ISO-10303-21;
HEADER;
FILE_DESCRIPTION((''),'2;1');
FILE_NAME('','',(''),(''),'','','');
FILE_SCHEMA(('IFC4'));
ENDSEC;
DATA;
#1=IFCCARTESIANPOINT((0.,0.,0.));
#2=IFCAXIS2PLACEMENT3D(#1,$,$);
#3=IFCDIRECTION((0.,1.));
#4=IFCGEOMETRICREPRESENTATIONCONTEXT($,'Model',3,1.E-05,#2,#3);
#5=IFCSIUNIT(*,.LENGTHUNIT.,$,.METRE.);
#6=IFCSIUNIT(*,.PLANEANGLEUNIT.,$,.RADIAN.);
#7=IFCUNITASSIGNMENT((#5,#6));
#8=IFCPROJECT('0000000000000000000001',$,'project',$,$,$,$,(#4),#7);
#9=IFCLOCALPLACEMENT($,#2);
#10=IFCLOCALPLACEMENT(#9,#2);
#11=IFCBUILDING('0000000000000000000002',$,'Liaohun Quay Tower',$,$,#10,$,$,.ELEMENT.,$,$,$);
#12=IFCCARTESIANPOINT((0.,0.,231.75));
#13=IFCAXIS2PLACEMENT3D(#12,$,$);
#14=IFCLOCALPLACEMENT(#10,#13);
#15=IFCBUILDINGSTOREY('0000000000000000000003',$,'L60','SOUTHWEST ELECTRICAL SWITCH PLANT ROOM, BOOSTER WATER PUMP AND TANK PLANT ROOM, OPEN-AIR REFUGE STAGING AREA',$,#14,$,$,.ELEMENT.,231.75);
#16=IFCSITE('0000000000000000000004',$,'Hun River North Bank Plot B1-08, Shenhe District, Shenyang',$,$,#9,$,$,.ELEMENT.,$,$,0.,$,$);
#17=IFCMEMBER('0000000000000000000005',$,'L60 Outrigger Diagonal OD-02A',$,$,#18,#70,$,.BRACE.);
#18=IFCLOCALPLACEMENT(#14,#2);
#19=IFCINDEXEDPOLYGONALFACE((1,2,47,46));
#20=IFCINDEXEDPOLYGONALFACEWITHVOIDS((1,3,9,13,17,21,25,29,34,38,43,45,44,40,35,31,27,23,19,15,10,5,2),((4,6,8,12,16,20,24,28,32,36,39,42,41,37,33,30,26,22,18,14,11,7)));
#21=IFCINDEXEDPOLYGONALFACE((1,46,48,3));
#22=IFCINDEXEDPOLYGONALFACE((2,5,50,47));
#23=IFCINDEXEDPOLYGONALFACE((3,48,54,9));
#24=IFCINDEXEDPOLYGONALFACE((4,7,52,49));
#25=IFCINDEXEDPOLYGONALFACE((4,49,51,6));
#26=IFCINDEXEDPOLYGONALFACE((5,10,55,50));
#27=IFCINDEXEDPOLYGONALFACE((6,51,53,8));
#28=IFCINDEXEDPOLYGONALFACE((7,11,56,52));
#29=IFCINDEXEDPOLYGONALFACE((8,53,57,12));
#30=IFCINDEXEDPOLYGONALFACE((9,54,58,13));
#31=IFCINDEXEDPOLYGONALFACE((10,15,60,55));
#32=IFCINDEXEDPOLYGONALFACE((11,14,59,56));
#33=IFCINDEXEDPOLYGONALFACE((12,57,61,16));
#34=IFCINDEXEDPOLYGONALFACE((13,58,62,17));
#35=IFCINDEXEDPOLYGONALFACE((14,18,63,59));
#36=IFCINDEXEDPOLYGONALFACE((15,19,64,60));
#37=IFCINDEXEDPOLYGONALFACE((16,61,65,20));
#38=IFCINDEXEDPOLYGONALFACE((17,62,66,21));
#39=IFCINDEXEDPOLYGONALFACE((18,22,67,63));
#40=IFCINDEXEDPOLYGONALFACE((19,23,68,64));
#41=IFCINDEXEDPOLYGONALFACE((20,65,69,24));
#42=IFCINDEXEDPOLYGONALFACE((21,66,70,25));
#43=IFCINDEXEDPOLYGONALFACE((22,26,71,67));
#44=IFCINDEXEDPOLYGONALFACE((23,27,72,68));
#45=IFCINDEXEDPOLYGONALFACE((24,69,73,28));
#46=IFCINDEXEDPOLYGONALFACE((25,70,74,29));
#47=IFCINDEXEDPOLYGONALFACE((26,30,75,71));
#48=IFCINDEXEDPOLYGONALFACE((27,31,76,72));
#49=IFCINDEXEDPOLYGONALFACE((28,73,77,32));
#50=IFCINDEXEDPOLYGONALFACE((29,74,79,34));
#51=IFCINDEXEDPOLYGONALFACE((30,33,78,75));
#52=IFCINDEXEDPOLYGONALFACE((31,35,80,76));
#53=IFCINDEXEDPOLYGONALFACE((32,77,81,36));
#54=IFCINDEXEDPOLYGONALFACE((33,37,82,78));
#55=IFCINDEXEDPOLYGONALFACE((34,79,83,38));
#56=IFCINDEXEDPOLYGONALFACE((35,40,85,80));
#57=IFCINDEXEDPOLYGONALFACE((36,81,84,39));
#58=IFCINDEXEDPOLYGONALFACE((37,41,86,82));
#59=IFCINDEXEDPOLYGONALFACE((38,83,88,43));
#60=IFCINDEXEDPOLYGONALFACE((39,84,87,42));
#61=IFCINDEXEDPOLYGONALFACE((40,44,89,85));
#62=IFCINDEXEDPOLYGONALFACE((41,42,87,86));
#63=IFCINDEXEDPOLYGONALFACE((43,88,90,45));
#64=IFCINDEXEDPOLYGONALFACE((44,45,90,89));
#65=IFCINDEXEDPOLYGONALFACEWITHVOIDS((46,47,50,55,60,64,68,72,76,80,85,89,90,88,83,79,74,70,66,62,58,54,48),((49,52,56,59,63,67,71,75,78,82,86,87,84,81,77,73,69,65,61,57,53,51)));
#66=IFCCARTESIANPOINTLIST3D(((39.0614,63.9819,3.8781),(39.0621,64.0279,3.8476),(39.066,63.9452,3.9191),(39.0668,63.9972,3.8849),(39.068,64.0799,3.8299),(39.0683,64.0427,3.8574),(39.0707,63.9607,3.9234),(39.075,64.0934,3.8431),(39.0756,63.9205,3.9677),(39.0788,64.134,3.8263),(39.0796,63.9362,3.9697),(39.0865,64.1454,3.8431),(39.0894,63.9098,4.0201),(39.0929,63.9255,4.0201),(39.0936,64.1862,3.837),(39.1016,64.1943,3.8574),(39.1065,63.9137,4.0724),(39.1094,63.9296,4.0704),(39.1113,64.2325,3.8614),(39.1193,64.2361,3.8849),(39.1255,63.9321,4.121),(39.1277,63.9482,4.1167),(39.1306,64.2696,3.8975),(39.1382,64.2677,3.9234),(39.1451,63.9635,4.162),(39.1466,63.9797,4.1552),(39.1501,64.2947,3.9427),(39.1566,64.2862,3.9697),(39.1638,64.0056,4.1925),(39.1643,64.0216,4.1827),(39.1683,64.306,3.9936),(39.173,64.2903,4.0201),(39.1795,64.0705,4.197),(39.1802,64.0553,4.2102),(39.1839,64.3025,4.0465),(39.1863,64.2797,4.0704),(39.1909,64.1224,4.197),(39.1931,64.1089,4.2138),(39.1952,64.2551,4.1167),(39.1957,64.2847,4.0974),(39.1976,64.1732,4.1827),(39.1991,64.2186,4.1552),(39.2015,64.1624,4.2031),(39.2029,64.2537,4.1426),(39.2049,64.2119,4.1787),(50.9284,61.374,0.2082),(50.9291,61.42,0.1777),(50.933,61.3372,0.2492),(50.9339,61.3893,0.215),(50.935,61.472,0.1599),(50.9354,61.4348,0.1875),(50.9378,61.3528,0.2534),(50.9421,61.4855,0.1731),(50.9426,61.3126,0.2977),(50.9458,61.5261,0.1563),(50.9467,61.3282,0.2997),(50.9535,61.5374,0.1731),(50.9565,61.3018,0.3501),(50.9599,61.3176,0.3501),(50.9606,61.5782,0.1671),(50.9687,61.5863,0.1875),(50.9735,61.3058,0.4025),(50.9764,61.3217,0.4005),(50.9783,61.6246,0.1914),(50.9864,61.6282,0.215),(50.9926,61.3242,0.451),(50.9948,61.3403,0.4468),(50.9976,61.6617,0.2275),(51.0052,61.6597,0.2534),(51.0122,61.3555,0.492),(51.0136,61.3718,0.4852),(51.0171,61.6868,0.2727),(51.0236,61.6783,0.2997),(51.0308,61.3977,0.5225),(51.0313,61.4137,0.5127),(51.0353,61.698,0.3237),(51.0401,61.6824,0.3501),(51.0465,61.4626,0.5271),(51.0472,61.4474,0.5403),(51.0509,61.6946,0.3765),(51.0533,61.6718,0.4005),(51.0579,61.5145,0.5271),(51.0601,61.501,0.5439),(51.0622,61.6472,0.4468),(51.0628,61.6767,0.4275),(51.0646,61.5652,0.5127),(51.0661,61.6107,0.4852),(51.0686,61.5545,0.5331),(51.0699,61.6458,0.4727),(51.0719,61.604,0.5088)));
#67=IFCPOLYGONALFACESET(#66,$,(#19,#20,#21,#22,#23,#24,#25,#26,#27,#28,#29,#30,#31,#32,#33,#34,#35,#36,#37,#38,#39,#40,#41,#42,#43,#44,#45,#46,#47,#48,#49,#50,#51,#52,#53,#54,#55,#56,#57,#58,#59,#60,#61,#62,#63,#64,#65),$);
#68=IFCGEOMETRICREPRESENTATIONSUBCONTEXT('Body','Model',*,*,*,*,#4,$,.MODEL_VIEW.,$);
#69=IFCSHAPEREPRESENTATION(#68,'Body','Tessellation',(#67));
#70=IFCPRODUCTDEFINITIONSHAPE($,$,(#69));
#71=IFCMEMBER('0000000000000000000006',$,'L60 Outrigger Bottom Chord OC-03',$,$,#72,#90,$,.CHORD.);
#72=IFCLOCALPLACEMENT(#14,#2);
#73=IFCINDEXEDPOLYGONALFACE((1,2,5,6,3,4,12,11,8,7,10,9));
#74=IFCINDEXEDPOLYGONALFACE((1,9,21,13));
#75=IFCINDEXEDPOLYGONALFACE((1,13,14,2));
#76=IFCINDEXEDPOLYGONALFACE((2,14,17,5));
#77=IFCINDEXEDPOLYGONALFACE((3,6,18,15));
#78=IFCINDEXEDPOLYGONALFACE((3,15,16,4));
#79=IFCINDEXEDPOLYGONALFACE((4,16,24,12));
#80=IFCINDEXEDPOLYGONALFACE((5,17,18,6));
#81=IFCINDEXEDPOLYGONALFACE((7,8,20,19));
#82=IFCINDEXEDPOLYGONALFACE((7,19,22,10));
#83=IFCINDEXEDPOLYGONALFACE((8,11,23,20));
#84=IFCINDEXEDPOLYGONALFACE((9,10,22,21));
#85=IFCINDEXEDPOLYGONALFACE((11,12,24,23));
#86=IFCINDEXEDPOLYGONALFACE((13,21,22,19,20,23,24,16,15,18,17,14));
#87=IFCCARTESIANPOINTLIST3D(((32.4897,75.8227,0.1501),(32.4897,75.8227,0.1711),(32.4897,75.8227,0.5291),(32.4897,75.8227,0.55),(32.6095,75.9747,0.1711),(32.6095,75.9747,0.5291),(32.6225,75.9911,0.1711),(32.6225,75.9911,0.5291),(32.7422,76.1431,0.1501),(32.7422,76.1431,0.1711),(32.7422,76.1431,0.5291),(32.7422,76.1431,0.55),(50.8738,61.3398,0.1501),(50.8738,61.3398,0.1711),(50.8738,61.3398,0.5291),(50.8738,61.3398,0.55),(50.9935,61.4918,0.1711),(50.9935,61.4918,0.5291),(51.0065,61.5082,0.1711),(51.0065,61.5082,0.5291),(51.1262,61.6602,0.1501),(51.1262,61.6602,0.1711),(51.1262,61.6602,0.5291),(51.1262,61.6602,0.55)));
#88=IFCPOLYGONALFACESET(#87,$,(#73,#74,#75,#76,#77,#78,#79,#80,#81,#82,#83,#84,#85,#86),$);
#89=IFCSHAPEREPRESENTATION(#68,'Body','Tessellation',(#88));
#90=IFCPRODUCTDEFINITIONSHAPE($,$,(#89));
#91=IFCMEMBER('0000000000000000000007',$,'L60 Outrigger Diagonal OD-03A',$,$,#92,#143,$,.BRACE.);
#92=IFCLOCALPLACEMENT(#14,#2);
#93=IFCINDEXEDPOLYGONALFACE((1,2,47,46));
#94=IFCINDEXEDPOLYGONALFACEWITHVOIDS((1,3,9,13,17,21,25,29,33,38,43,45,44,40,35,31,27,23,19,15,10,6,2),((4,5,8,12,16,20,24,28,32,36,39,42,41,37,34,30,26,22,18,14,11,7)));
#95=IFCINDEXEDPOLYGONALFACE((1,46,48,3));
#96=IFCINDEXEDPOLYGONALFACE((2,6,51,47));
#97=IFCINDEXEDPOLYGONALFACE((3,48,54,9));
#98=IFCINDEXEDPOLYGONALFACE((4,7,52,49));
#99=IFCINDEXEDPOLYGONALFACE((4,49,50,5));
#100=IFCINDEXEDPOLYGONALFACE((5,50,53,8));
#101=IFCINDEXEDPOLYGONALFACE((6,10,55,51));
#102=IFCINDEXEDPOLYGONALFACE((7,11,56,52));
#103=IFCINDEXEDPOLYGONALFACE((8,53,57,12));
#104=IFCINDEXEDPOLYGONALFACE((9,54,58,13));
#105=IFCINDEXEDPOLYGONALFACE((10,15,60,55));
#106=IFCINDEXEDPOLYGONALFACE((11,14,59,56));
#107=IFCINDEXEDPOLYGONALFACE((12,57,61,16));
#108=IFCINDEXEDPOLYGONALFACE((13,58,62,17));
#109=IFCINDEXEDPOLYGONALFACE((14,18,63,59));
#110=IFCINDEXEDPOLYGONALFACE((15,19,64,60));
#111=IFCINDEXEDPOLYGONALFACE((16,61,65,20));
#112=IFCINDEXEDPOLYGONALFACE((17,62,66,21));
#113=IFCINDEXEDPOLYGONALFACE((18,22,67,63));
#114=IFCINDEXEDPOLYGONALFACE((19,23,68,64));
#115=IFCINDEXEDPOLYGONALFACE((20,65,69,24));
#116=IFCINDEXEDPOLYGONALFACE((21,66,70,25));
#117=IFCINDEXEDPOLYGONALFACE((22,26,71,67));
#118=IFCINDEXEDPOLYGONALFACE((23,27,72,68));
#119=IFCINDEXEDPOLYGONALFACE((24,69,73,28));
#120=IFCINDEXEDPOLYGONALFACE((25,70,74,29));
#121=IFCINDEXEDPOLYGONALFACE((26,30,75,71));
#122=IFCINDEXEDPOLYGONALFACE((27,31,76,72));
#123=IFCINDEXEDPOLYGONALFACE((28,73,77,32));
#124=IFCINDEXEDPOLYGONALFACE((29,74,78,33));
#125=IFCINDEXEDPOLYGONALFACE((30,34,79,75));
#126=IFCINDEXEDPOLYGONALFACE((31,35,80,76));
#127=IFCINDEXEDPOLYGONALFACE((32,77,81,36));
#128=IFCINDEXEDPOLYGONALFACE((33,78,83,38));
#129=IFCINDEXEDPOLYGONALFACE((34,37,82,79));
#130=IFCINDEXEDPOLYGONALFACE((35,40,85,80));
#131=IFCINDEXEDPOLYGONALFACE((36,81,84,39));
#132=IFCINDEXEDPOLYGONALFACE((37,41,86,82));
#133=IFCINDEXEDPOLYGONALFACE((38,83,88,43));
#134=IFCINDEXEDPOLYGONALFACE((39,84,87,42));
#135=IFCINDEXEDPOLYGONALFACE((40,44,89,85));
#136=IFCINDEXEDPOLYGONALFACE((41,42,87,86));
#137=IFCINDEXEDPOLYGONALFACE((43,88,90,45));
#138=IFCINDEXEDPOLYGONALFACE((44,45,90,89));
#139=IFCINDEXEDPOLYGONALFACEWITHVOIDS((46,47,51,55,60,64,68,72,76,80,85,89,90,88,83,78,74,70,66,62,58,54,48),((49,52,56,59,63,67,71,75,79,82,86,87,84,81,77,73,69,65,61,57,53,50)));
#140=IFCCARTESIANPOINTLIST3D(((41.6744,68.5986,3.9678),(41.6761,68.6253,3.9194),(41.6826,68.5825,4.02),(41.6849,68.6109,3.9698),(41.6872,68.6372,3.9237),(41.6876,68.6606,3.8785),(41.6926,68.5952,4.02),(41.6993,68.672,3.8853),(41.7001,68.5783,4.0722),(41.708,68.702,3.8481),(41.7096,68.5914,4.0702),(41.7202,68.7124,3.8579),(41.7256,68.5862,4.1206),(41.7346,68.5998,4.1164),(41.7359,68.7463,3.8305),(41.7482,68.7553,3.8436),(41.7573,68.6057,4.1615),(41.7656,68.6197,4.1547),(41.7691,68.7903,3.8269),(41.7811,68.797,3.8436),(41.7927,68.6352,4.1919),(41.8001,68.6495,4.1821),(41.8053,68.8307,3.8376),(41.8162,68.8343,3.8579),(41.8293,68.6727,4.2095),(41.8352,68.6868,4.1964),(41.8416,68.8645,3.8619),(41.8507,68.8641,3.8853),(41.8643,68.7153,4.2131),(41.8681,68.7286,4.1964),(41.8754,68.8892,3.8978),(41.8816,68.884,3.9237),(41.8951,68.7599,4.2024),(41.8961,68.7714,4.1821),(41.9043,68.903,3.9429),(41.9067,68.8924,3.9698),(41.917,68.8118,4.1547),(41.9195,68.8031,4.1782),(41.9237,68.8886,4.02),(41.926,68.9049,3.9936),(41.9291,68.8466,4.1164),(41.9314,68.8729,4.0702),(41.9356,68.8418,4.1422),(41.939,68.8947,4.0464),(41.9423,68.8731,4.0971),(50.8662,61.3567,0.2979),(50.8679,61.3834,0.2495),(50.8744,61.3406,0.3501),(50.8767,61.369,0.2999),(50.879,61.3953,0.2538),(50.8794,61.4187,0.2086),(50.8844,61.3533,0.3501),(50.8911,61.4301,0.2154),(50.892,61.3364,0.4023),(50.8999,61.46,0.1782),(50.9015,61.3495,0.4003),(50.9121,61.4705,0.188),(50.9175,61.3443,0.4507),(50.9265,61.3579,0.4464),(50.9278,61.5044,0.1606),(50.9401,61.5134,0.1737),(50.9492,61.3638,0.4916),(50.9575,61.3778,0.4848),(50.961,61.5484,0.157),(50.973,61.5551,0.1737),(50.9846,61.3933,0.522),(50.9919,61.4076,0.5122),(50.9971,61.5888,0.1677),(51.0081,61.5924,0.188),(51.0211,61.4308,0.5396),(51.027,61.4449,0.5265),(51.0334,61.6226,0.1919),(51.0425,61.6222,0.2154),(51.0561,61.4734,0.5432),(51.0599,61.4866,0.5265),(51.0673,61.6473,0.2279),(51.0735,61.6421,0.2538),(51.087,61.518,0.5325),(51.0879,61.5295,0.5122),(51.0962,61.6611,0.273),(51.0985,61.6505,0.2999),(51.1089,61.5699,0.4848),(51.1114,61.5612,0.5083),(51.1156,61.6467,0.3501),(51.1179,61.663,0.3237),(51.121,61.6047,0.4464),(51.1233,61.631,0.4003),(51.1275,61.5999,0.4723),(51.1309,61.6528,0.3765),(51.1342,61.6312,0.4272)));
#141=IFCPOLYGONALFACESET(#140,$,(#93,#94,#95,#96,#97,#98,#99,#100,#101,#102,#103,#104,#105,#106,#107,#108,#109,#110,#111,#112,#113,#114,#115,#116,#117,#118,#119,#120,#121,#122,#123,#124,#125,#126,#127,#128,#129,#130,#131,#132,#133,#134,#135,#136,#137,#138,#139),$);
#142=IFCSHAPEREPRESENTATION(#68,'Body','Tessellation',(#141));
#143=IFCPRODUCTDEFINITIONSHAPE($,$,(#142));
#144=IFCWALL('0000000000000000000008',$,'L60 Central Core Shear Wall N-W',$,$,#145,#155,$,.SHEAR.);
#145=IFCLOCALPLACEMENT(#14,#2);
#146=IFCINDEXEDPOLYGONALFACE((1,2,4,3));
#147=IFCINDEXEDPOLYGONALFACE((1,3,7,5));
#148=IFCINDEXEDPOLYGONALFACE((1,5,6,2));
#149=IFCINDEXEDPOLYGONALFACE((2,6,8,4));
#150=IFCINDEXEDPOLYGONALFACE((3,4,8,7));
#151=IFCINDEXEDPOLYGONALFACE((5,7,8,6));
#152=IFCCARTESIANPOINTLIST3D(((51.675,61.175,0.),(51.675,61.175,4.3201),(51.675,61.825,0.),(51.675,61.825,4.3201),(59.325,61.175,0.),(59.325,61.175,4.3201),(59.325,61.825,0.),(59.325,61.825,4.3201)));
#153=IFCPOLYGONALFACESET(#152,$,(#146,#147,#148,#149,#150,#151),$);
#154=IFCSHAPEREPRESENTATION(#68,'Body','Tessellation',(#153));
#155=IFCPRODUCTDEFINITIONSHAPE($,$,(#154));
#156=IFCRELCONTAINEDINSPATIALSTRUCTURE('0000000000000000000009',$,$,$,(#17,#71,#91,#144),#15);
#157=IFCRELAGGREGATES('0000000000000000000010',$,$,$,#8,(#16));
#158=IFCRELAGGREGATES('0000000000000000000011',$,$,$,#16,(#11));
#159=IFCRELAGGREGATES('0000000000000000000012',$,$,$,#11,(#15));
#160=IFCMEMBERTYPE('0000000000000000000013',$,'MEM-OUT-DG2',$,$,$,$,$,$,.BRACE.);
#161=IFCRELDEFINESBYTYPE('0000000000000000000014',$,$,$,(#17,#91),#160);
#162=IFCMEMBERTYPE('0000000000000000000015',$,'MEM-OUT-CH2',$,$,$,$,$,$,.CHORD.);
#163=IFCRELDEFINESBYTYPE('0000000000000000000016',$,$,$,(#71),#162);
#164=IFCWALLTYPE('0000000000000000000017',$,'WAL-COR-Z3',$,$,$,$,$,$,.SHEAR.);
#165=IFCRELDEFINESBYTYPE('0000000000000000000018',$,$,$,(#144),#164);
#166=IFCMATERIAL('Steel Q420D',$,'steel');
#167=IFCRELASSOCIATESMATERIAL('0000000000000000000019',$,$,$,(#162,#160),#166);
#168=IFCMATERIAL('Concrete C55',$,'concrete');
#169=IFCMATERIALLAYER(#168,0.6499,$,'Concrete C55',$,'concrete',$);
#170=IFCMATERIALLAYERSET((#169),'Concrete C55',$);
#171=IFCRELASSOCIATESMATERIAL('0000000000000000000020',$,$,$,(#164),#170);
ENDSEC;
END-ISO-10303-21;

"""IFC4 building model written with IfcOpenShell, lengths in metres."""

from ifc_helpers import new_model, si_unit, direction, frame, frame_2d, origin, origin_2d, place, context, subcontext, project, spatial, rectangle, hollow_circle, i_section, extrude, source, transform, mapped, material, layer, layer_set, material_profile, profile_set, type_object, element, save


model = new_model("IFC4")

# Units and contexts
model_context = context("Model", 3, precision=1e-05, world=origin(), true_north=direction((0.0, 1.0)))
body_context = subcontext(model_context, "Body", "Model", "MODEL_VIEW")
ifc_project = project(units=[si_unit("LENGTHUNIT", "METRE"), si_unit("PLANEANGLEUNIT", "RADIAN")], contexts=[model_context])

# Site, building, storey
site_placement = place(None, origin())
site = spatial("IfcSite", under=ifc_project, at=site_placement, Name="Hun River North Bank Plot B1-08, Shenhe District, Shenyang", CompositionType="ELEMENT", RefElevation=0.0)
building_placement = place(site_placement, origin())
building = spatial("IfcBuilding", under=site, at=building_placement, Name="Liaohun Quay Tower", CompositionType="ELEMENT")
storey_placement = place(building_placement, frame((0.0, 0.0, 231.75)))
storey = spatial("IfcBuildingStorey", under=building, at=storey_placement, Name="L60", Description="SOUTHWEST ELECTRICAL SWITCH PLANT ROOM, BOOSTER WATER PUMP AND TANK PLANT ROOM, OPEN-AIR REFUGE STAGING AREA", CompositionType="ELEMENT", Elevation=231.75)

# Shared definitions
ifc_material_1 = material(Name="Concrete C55", Category="concrete")

# Members
ifc_material_2 = material(Name="Steel Q420D", Category="steel")
ifc_material_profile_1 = material_profile(ifc_material_2, i_section(OverallWidth=0.408, OverallDepth=0.3999, WebThickness=0.021, FlangeThickness=0.021, at=origin_2d()), Name="HW400x408x21x21")
ifc_profile_set_1 = profile_set([ifc_material_profile_1], Name="Steel Q420D")
member_type_1 = type_object("IfcMemberType", Name="MEM-OUT-CH2", PredefinedType="CHORD", material=ifc_profile_set_1)
ifc_material_profile_2 = material_profile(ifc_material_2, hollow_circle(Radius=0.2029, WallThickness=0.0161, at=origin_2d()), Name="CHS406x16")
ifc_profile_set_2 = profile_set([ifc_material_profile_2], Name="Steel Q420D")
member_type_2 = type_object("IfcMemberType", Name="MEM-OUT-DG2", PredefinedType="BRACE", material=ifc_profile_set_2)
shared_shape_1 = source(origin(), body_context, "Body", "SweptSolid", [
    extrude(hollow_circle(Radius=0.2029, WallThickness=0.0161, at=origin_2d()), origin(), (0.0, 0.0, 1.0), 12.6924),
])
member_1_placement = place(storey_placement, frame((51.0, 61.5, 0.3501), z_axis=(-0.934974, 0.205472, 0.289146), x_axis=(-0.214641, -0.976693, 0.0)))
element("IfcMember", 1, at=member_1_placement, inside=storey, type_object=member_type_2, Name="L60 Outrigger Diagonal OD-02A", PredefinedType="BRACE", context=body_context, shape_type="MappedRepresentation", body=[
    mapped(shared_shape_1, transform((0.0, 0.0, 0.0), x_axis=(1.0, 0.0, 0.0), y_axis=(0.0, 1.0, 0.0), z_axis=(0.0, 0.0, 1.0), scale=1.0)),
])
shared_shape_2 = source(origin(), body_context, "Body", "SweptSolid", [
    extrude(i_section(OverallWidth=0.408, OverallDepth=0.3999, WebThickness=0.021, FlangeThickness=0.021, at=origin_2d()), origin(), (0.0, 0.0, 1.0), 23.4036),
])
member_2_placement = place(storey_placement, frame((51.0, 61.5, 0.3501), z_axis=(-0.785522, 0.618833, 0.0), x_axis=(-0.618833, -0.785522, 0.0)))
element("IfcMember", 2, at=member_2_placement, inside=storey, type_object=member_type_1, Name="L60 Outrigger Bottom Chord OC-03", PredefinedType="CHORD", context=body_context, shape_type="MappedRepresentation", body=[
    mapped(shared_shape_2, transform((0.0, 0.0, 0.0), x_axis=(1.0, 0.0, 0.0), y_axis=(0.0, 1.0, 0.0), z_axis=(0.0, 0.0, 1.0), scale=1.0)),
])
shared_shape_3 = source(origin(), body_context, "Body", "SweptSolid", [
    extrude(hollow_circle(Radius=0.2029, WallThickness=0.0161, at=origin_2d()), origin(), (0.0, 0.0, 1.0), 12.2639),
])
member_3_placement = place(storey_placement, frame((51.0, 61.5, 0.3501), z_axis=(-0.749504, 0.590506, 0.299244), x_axis=(-0.618864, -0.785498, 0.0)))
element("IfcMember", 3, at=member_3_placement, inside=storey, type_object=member_type_2, Name="L60 Outrigger Diagonal OD-03A", PredefinedType="BRACE", context=body_context, shape_type="MappedRepresentation", body=[
    mapped(shared_shape_3, transform((0.0, 0.0, 0.0), x_axis=(1.0, 0.0, 0.0), y_axis=(0.0, 1.0, 0.0), z_axis=(0.0, 0.0, 1.0), scale=1.0)),
])

# Wall
ifc_layer_1 = layer(ifc_material_1, 0.6499, Name="Concrete C55", Category="concrete")
ifc_layer_set_1 = layer_set([ifc_layer_1], Name="Concrete C55")
wall_type_1 = type_object("IfcWallType", Name="WAL-COR-Z3", PredefinedType="SHEAR", material=ifc_layer_set_1)
wall_1_placement = place(storey_placement, frame((51.675, 61.5, 0.0), z_axis=(0.0, 0.0, 1.0), x_axis=(1.0, 0.0, 0.0)))
element("IfcWall", 4, at=wall_1_placement, inside=storey, type_object=wall_type_1, Name="L60 Central Core Shear Wall N-W", PredefinedType="SHEAR", context=body_context, shape_type="SweptSolid", body=[
    extrude(rectangle(XDim=7.6499, YDim=0.6499, at=frame_2d((3.825, 0.0))), origin(), (0.0, 0.0, 1.0), 4.3201),
])

save(model, "model.ifc")
